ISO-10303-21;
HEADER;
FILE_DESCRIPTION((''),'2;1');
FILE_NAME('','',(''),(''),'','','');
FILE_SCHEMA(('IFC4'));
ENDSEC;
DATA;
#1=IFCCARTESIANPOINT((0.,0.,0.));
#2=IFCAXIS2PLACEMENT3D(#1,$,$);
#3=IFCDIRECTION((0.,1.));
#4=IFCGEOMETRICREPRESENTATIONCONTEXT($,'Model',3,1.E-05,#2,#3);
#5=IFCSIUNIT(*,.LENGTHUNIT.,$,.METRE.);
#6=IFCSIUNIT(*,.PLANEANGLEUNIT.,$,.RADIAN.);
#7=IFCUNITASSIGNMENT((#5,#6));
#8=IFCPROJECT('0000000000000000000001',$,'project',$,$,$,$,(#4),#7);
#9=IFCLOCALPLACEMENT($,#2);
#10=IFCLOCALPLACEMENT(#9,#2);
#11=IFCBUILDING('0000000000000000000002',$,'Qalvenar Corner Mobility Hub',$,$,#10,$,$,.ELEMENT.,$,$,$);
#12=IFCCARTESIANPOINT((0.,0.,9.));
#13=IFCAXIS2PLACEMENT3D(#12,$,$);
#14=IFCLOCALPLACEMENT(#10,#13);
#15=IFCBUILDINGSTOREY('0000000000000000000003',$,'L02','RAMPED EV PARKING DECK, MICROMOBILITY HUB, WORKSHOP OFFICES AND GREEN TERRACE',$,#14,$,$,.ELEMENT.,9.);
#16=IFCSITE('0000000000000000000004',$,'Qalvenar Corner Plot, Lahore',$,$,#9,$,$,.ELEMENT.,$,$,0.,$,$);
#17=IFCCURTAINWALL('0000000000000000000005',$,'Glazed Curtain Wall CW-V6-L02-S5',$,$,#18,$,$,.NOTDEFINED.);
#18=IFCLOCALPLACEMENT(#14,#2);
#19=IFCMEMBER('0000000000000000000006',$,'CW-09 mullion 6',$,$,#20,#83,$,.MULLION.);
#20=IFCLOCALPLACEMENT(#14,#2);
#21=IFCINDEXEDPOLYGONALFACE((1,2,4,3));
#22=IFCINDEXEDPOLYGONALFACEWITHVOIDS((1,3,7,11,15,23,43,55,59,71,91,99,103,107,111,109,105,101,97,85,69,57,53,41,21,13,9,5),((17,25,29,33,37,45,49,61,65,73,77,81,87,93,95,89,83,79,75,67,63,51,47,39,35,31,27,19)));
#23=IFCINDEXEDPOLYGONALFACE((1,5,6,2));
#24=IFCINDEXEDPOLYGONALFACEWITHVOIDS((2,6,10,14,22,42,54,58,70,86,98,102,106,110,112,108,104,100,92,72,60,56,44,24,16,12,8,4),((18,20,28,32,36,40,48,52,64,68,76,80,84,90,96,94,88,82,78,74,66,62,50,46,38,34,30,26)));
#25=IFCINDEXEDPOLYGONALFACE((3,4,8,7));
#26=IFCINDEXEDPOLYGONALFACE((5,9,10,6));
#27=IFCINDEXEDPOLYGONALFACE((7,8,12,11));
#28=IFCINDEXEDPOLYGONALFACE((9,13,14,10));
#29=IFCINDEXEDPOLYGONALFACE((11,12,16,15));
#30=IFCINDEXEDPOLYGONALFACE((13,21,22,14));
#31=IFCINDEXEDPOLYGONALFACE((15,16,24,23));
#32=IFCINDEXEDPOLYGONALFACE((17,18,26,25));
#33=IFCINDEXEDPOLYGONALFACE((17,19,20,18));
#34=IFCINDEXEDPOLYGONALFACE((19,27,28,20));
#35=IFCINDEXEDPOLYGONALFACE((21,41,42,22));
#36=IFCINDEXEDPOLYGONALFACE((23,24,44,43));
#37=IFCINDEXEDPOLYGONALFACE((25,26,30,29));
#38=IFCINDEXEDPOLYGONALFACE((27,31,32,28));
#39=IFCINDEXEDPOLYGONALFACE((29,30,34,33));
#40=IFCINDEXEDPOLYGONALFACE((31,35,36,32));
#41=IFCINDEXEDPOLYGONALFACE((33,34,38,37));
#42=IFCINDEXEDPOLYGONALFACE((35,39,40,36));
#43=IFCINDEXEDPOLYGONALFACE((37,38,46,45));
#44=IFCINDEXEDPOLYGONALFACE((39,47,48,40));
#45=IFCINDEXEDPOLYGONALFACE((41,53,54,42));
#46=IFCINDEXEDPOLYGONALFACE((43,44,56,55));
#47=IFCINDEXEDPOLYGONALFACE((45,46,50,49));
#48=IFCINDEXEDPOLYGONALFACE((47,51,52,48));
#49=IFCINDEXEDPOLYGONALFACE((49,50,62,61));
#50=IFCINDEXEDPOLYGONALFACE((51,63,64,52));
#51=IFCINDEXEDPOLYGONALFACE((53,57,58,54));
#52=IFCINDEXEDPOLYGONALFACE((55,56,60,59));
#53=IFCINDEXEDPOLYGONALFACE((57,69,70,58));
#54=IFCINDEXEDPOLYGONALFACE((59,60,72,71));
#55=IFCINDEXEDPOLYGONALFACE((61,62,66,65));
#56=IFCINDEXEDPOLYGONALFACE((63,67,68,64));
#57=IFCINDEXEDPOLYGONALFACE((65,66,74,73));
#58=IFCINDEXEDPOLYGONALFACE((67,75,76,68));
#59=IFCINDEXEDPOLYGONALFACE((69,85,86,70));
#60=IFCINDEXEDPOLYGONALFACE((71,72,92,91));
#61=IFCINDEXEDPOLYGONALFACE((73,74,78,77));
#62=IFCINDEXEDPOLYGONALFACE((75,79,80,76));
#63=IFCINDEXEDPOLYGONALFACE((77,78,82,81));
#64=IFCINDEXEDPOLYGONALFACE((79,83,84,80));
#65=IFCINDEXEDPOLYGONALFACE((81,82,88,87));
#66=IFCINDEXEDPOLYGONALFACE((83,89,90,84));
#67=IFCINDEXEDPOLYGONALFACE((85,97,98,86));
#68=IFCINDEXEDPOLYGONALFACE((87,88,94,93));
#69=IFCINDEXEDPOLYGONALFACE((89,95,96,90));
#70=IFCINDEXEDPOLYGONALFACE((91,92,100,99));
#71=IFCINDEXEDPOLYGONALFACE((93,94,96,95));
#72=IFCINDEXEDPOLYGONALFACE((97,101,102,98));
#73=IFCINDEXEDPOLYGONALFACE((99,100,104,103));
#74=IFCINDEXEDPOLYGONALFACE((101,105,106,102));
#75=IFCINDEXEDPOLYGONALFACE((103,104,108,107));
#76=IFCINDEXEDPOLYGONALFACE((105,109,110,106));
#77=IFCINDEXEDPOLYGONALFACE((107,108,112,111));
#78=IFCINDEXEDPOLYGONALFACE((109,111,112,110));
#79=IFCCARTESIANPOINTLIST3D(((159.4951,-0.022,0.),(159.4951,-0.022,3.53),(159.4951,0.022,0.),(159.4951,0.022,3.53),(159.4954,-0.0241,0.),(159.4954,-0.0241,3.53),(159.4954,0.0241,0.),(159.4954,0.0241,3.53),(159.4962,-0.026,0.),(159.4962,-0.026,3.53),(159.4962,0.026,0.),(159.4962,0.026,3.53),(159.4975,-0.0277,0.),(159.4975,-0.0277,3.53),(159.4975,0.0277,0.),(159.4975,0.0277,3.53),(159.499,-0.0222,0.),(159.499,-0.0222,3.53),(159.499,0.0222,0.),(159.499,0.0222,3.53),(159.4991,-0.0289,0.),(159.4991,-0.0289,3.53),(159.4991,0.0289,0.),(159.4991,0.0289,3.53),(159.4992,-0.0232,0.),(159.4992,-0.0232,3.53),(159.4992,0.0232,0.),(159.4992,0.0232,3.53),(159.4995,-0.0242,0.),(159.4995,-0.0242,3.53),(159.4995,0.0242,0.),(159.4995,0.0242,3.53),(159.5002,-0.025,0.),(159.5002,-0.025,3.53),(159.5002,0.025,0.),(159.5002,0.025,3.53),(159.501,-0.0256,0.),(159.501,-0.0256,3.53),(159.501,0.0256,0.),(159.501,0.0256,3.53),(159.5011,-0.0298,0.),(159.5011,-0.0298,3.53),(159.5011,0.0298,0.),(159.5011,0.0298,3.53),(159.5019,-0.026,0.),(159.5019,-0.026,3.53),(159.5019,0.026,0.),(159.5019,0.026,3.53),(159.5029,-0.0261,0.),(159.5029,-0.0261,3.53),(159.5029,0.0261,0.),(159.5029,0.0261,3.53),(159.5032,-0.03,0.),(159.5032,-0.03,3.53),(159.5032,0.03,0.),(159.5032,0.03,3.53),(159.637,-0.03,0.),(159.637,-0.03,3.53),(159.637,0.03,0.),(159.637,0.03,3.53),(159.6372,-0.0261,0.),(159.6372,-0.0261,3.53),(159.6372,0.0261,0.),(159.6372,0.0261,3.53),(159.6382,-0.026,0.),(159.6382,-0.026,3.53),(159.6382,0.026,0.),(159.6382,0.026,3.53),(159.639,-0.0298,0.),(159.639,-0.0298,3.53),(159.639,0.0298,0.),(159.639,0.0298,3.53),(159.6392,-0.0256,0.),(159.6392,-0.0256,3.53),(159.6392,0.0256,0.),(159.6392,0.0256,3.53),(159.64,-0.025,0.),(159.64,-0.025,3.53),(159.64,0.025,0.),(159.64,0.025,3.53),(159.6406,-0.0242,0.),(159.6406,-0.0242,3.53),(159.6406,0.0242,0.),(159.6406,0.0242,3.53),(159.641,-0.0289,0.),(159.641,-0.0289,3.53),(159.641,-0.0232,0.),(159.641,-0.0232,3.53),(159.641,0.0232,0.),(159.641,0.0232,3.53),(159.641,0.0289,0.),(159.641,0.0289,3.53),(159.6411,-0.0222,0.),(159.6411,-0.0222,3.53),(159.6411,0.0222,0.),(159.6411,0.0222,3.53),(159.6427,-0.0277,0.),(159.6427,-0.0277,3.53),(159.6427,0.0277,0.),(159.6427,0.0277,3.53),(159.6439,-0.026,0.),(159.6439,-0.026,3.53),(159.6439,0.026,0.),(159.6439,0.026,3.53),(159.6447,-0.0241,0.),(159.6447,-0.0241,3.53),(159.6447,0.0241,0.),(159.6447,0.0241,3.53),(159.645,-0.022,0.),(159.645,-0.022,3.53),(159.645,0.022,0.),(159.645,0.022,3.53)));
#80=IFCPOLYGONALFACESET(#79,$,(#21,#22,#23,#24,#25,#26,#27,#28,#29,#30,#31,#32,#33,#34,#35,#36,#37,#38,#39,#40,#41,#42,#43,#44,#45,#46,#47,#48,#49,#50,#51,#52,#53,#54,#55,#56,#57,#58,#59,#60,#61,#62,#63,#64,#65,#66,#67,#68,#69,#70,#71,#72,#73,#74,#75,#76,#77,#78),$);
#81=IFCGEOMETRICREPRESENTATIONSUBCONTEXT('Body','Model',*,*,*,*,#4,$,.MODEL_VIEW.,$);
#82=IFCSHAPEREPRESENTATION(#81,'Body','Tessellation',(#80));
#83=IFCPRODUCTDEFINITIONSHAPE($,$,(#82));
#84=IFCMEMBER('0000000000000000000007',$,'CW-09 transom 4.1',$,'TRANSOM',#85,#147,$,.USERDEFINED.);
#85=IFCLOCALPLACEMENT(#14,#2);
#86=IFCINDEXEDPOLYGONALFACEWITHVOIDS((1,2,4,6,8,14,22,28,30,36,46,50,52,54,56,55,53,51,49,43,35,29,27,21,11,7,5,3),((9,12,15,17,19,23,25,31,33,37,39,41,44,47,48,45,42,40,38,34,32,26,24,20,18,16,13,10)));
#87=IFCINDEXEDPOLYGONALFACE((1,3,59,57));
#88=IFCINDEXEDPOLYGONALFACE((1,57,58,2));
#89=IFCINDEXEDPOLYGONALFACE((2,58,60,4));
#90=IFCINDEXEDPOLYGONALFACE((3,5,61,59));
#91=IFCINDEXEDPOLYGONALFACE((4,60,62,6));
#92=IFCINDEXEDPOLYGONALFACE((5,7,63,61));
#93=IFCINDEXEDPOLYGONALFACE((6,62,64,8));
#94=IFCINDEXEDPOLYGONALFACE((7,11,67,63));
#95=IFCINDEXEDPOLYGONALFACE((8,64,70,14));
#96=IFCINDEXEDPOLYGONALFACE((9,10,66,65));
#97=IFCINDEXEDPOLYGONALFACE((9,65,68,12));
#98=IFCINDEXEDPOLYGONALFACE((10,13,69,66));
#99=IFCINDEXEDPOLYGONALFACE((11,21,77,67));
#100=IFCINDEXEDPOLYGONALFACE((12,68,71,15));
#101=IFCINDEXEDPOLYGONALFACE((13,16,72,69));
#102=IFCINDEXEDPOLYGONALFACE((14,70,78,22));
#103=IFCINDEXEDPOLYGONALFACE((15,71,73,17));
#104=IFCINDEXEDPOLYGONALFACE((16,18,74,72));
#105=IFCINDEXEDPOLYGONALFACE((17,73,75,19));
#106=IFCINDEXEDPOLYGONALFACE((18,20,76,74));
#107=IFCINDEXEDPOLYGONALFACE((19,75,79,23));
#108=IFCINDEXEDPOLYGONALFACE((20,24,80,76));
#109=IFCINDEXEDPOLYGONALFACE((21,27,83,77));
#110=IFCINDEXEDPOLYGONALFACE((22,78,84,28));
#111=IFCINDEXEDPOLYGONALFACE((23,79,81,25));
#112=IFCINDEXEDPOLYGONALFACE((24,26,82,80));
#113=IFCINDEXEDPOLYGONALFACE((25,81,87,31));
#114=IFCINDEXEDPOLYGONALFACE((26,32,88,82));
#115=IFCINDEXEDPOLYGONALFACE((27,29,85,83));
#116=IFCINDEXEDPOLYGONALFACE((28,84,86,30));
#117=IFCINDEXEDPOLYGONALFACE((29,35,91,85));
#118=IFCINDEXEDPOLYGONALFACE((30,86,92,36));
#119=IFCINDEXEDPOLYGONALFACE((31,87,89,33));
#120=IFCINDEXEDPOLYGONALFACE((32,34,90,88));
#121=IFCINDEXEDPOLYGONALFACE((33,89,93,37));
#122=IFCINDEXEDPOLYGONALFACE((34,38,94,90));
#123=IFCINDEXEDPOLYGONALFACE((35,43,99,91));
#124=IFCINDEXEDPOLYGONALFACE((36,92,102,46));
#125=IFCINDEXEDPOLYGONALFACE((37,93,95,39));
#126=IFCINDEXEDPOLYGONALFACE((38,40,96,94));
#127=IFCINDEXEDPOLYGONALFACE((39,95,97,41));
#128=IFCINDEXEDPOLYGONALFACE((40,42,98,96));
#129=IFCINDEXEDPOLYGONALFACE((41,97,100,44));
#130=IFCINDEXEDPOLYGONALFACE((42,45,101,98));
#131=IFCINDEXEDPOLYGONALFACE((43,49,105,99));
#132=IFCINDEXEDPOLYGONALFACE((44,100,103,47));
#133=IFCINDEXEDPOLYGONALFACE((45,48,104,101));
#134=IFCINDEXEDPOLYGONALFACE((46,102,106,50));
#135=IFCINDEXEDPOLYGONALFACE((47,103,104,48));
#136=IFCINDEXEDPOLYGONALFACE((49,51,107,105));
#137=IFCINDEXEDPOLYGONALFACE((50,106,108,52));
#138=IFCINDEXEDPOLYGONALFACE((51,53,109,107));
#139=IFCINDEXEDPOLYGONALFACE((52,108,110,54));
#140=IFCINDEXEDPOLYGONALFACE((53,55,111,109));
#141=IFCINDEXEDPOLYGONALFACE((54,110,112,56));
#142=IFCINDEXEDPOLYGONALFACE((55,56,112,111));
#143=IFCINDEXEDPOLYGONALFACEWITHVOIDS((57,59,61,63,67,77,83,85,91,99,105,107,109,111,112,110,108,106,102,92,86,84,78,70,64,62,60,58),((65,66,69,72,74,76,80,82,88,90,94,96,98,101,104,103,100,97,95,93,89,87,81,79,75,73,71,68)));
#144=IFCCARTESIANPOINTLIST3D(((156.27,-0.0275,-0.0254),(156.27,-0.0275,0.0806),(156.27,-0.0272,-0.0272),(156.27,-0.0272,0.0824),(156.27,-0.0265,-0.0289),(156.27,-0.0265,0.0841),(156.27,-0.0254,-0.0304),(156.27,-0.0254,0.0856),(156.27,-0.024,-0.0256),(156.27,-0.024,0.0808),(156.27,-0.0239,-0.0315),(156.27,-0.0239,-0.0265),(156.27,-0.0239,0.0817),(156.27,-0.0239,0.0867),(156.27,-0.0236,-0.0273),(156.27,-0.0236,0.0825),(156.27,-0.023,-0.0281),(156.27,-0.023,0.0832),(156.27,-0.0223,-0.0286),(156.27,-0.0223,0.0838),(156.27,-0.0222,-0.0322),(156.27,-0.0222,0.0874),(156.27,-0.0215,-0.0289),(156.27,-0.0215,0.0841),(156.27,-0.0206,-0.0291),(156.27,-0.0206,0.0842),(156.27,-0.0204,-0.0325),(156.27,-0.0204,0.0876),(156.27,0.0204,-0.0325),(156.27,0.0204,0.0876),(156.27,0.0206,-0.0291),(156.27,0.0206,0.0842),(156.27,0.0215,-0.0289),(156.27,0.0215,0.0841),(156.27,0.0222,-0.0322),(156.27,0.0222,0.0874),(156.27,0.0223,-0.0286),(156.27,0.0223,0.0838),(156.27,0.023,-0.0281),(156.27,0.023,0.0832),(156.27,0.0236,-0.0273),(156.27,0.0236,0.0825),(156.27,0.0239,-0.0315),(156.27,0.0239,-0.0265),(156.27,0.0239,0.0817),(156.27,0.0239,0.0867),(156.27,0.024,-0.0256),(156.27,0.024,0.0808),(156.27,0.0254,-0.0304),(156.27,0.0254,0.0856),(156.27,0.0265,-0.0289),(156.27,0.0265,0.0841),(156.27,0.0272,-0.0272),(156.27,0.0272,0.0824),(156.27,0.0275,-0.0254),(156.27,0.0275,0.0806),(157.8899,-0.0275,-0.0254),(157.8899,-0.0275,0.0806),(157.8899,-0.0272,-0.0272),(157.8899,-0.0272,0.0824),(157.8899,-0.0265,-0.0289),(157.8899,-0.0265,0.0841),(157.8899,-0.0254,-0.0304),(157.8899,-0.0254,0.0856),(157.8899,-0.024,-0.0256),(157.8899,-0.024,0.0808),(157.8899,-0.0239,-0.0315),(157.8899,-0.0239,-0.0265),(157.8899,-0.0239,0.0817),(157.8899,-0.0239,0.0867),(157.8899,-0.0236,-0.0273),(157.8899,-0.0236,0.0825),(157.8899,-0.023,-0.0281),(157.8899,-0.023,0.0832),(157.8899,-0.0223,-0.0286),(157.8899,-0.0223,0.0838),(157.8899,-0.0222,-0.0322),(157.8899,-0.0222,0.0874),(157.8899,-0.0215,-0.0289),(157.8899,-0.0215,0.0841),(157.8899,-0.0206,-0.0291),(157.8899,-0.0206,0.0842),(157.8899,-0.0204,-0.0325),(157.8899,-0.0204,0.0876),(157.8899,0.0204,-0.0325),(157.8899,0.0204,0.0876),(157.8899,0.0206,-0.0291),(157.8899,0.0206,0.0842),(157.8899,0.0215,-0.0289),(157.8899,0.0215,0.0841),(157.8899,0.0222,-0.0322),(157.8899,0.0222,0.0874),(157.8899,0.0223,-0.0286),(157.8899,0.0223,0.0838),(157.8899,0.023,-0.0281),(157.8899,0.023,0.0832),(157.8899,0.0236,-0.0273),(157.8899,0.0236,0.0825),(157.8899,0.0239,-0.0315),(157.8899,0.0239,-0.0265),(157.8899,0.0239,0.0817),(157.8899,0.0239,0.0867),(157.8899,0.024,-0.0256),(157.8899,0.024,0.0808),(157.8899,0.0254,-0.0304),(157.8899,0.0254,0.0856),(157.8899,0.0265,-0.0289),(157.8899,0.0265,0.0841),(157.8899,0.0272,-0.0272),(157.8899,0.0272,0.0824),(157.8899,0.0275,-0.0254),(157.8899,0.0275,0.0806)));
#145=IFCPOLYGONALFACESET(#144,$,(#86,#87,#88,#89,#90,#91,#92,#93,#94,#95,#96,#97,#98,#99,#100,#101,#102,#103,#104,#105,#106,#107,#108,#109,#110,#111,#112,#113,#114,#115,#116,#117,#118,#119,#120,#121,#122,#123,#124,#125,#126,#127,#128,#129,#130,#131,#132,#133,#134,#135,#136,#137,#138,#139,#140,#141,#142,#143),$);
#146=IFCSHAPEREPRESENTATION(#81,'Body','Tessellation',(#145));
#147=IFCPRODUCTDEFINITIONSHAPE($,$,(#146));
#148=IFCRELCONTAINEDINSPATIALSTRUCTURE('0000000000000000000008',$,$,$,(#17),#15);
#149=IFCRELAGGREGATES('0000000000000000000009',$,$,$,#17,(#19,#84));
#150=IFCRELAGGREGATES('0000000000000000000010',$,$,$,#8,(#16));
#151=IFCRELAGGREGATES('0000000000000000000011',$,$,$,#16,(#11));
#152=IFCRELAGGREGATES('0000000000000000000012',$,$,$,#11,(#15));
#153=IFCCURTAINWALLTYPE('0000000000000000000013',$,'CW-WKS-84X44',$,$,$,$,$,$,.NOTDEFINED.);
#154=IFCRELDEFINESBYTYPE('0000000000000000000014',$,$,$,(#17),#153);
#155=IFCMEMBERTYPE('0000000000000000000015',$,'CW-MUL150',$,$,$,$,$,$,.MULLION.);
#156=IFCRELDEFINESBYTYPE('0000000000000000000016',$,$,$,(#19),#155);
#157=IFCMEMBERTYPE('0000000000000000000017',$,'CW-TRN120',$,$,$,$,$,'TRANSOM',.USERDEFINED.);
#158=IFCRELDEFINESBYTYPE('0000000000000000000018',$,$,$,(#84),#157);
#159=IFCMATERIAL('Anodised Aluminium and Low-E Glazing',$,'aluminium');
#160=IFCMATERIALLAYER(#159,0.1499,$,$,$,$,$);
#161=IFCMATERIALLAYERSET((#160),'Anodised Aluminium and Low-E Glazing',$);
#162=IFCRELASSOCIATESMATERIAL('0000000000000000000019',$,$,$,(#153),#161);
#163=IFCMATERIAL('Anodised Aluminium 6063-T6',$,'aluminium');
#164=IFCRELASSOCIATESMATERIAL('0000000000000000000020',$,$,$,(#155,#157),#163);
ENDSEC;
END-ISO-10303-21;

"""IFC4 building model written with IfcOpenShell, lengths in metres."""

from ifc_helpers import new_model, si_unit, direction, frame, origin, origin_2d, place, context, subcontext, project, spatial, hollow_rectangle, extrude, material, layer, layer_set, material_profile, profile_set, type_object, element, aggregate, save


model = new_model("IFC4")

# Units and contexts
model_context = context("Model", 3, precision=1e-05, world=origin(), true_north=direction((0.0, 1.0)))
body_context = subcontext(model_context, "Body", "Model", "MODEL_VIEW")
ifc_project = project(units=[si_unit("LENGTHUNIT", "METRE"), si_unit("PLANEANGLEUNIT", "RADIAN")], contexts=[model_context])

# Site, building, storey
site_placement = place(None, origin())
site = spatial("IfcSite", under=ifc_project, at=site_placement, Name="Qalvenar Corner Plot, Lahore", CompositionType="ELEMENT", RefElevation=0.0)
building_placement = place(site_placement, origin())
building = spatial("IfcBuilding", under=site, at=building_placement, Name="Qalvenar Corner Mobility Hub", CompositionType="ELEMENT")
storey_placement = place(building_placement, frame((0.0, 0.0, 9.0)))
storey = spatial("IfcBuildingStorey", under=building, at=storey_placement, Name="L02", Description="RAMPED EV PARKING DECK, MICROMOBILITY HUB, WORKSHOP OFFICES AND GREEN TERRACE", CompositionType="ELEMENT", Elevation=9.0)

# Curtain wall, members
ifc_material_1 = material(Name="Anodised Aluminium and Low-E Glazing", Category="aluminium")
ifc_layer_1 = layer(ifc_material_1, 0.1499)
ifc_layer_set_1 = layer_set([ifc_layer_1], Name="Anodised Aluminium and Low-E Glazing")
curtain_wall_type = type_object("IfcCurtainWallType", Name="CW-WKS-84X44", PredefinedType="NOTDEFINED", material=ifc_layer_set_1)
curtain_wall_placement = place(storey_placement, origin())
curtain_wall = element("IfcCurtainWall", 1, at=curtain_wall_placement, inside=storey, type_object=curtain_wall_type, Name="Glazed Curtain Wall CW-V6-L02-S5", PredefinedType="NOTDEFINED")
ifc_material_2 = material(Name="Anodised Aluminium 6063-T6", Category="aluminium")
ifc_material_profile_1 = material_profile(ifc_material_2, hollow_rectangle(XDim=0.0601, YDim=0.1499, WallThickness=0.0039, InnerFilletRadius=0.0039, OuterFilletRadius=0.0081, at=origin_2d()), Name="RHS150x60x4")
ifc_profile_set_1 = profile_set([ifc_material_profile_1], Name="Anodised Aluminium 6063-T6")
member_type_1 = type_object("IfcMemberType", Name="CW-MUL150", PredefinedType="MULLION", material=ifc_profile_set_1)
member_1_placement = place(storey_placement, frame((159.5701, 0.0, 0.0), z_axis=(0.0, 0.0, 1.0), x_axis=(0.0, 1.0, 0.0)))
member_1 = element("IfcMember", 2, at=member_1_placement, type_object=member_type_1, Name="CW-09 mullion 6", PredefinedType="MULLION", context=body_context, shape_type="SweptSolid", body=[
    extrude(hollow_rectangle(XDim=0.0601, YDim=0.1499, WallThickness=0.0039, InnerFilletRadius=0.0039, OuterFilletRadius=0.0081, at=origin_2d()), origin(), (0.0, 0.0, 1.0), 3.53),
])
ifc_material_profile_2 = material_profile(ifc_material_2, hollow_rectangle(XDim=0.0549, YDim=0.1201, WallThickness=0.0034, InnerFilletRadius=0.0034, OuterFilletRadius=0.0071, at=origin_2d()), Name="RHS120x55x3.5")
ifc_profile_set_2 = profile_set([ifc_material_profile_2], Name="Anodised Aluminium 6063-T6")
member_type_2 = type_object("IfcMemberType", Name="CW-TRN120", ElementType="TRANSOM", PredefinedType="USERDEFINED", material=ifc_profile_set_2)
member_2_placement = place(storey_placement, frame((156.27, 0.0, 0.0276), z_axis=(1.0, 0.0, 0.0), x_axis=(0.0, 1.0, 0.0)))
member_2 = element("IfcMember", 3, at=member_2_placement, type_object=member_type_2, Name="CW-09 transom 4.1", ObjectType="TRANSOM", PredefinedType="USERDEFINED", context=body_context, shape_type="SweptSolid", body=[
    extrude(hollow_rectangle(XDim=0.0549, YDim=0.1201, WallThickness=0.0034, InnerFilletRadius=0.0034, OuterFilletRadius=0.0071, at=origin_2d()), origin(), (0.0, 0.0, 1.0), 1.6199),
])
aggregate(curtain_wall, [member_1, member_2])

save(model, "model.ifc")
